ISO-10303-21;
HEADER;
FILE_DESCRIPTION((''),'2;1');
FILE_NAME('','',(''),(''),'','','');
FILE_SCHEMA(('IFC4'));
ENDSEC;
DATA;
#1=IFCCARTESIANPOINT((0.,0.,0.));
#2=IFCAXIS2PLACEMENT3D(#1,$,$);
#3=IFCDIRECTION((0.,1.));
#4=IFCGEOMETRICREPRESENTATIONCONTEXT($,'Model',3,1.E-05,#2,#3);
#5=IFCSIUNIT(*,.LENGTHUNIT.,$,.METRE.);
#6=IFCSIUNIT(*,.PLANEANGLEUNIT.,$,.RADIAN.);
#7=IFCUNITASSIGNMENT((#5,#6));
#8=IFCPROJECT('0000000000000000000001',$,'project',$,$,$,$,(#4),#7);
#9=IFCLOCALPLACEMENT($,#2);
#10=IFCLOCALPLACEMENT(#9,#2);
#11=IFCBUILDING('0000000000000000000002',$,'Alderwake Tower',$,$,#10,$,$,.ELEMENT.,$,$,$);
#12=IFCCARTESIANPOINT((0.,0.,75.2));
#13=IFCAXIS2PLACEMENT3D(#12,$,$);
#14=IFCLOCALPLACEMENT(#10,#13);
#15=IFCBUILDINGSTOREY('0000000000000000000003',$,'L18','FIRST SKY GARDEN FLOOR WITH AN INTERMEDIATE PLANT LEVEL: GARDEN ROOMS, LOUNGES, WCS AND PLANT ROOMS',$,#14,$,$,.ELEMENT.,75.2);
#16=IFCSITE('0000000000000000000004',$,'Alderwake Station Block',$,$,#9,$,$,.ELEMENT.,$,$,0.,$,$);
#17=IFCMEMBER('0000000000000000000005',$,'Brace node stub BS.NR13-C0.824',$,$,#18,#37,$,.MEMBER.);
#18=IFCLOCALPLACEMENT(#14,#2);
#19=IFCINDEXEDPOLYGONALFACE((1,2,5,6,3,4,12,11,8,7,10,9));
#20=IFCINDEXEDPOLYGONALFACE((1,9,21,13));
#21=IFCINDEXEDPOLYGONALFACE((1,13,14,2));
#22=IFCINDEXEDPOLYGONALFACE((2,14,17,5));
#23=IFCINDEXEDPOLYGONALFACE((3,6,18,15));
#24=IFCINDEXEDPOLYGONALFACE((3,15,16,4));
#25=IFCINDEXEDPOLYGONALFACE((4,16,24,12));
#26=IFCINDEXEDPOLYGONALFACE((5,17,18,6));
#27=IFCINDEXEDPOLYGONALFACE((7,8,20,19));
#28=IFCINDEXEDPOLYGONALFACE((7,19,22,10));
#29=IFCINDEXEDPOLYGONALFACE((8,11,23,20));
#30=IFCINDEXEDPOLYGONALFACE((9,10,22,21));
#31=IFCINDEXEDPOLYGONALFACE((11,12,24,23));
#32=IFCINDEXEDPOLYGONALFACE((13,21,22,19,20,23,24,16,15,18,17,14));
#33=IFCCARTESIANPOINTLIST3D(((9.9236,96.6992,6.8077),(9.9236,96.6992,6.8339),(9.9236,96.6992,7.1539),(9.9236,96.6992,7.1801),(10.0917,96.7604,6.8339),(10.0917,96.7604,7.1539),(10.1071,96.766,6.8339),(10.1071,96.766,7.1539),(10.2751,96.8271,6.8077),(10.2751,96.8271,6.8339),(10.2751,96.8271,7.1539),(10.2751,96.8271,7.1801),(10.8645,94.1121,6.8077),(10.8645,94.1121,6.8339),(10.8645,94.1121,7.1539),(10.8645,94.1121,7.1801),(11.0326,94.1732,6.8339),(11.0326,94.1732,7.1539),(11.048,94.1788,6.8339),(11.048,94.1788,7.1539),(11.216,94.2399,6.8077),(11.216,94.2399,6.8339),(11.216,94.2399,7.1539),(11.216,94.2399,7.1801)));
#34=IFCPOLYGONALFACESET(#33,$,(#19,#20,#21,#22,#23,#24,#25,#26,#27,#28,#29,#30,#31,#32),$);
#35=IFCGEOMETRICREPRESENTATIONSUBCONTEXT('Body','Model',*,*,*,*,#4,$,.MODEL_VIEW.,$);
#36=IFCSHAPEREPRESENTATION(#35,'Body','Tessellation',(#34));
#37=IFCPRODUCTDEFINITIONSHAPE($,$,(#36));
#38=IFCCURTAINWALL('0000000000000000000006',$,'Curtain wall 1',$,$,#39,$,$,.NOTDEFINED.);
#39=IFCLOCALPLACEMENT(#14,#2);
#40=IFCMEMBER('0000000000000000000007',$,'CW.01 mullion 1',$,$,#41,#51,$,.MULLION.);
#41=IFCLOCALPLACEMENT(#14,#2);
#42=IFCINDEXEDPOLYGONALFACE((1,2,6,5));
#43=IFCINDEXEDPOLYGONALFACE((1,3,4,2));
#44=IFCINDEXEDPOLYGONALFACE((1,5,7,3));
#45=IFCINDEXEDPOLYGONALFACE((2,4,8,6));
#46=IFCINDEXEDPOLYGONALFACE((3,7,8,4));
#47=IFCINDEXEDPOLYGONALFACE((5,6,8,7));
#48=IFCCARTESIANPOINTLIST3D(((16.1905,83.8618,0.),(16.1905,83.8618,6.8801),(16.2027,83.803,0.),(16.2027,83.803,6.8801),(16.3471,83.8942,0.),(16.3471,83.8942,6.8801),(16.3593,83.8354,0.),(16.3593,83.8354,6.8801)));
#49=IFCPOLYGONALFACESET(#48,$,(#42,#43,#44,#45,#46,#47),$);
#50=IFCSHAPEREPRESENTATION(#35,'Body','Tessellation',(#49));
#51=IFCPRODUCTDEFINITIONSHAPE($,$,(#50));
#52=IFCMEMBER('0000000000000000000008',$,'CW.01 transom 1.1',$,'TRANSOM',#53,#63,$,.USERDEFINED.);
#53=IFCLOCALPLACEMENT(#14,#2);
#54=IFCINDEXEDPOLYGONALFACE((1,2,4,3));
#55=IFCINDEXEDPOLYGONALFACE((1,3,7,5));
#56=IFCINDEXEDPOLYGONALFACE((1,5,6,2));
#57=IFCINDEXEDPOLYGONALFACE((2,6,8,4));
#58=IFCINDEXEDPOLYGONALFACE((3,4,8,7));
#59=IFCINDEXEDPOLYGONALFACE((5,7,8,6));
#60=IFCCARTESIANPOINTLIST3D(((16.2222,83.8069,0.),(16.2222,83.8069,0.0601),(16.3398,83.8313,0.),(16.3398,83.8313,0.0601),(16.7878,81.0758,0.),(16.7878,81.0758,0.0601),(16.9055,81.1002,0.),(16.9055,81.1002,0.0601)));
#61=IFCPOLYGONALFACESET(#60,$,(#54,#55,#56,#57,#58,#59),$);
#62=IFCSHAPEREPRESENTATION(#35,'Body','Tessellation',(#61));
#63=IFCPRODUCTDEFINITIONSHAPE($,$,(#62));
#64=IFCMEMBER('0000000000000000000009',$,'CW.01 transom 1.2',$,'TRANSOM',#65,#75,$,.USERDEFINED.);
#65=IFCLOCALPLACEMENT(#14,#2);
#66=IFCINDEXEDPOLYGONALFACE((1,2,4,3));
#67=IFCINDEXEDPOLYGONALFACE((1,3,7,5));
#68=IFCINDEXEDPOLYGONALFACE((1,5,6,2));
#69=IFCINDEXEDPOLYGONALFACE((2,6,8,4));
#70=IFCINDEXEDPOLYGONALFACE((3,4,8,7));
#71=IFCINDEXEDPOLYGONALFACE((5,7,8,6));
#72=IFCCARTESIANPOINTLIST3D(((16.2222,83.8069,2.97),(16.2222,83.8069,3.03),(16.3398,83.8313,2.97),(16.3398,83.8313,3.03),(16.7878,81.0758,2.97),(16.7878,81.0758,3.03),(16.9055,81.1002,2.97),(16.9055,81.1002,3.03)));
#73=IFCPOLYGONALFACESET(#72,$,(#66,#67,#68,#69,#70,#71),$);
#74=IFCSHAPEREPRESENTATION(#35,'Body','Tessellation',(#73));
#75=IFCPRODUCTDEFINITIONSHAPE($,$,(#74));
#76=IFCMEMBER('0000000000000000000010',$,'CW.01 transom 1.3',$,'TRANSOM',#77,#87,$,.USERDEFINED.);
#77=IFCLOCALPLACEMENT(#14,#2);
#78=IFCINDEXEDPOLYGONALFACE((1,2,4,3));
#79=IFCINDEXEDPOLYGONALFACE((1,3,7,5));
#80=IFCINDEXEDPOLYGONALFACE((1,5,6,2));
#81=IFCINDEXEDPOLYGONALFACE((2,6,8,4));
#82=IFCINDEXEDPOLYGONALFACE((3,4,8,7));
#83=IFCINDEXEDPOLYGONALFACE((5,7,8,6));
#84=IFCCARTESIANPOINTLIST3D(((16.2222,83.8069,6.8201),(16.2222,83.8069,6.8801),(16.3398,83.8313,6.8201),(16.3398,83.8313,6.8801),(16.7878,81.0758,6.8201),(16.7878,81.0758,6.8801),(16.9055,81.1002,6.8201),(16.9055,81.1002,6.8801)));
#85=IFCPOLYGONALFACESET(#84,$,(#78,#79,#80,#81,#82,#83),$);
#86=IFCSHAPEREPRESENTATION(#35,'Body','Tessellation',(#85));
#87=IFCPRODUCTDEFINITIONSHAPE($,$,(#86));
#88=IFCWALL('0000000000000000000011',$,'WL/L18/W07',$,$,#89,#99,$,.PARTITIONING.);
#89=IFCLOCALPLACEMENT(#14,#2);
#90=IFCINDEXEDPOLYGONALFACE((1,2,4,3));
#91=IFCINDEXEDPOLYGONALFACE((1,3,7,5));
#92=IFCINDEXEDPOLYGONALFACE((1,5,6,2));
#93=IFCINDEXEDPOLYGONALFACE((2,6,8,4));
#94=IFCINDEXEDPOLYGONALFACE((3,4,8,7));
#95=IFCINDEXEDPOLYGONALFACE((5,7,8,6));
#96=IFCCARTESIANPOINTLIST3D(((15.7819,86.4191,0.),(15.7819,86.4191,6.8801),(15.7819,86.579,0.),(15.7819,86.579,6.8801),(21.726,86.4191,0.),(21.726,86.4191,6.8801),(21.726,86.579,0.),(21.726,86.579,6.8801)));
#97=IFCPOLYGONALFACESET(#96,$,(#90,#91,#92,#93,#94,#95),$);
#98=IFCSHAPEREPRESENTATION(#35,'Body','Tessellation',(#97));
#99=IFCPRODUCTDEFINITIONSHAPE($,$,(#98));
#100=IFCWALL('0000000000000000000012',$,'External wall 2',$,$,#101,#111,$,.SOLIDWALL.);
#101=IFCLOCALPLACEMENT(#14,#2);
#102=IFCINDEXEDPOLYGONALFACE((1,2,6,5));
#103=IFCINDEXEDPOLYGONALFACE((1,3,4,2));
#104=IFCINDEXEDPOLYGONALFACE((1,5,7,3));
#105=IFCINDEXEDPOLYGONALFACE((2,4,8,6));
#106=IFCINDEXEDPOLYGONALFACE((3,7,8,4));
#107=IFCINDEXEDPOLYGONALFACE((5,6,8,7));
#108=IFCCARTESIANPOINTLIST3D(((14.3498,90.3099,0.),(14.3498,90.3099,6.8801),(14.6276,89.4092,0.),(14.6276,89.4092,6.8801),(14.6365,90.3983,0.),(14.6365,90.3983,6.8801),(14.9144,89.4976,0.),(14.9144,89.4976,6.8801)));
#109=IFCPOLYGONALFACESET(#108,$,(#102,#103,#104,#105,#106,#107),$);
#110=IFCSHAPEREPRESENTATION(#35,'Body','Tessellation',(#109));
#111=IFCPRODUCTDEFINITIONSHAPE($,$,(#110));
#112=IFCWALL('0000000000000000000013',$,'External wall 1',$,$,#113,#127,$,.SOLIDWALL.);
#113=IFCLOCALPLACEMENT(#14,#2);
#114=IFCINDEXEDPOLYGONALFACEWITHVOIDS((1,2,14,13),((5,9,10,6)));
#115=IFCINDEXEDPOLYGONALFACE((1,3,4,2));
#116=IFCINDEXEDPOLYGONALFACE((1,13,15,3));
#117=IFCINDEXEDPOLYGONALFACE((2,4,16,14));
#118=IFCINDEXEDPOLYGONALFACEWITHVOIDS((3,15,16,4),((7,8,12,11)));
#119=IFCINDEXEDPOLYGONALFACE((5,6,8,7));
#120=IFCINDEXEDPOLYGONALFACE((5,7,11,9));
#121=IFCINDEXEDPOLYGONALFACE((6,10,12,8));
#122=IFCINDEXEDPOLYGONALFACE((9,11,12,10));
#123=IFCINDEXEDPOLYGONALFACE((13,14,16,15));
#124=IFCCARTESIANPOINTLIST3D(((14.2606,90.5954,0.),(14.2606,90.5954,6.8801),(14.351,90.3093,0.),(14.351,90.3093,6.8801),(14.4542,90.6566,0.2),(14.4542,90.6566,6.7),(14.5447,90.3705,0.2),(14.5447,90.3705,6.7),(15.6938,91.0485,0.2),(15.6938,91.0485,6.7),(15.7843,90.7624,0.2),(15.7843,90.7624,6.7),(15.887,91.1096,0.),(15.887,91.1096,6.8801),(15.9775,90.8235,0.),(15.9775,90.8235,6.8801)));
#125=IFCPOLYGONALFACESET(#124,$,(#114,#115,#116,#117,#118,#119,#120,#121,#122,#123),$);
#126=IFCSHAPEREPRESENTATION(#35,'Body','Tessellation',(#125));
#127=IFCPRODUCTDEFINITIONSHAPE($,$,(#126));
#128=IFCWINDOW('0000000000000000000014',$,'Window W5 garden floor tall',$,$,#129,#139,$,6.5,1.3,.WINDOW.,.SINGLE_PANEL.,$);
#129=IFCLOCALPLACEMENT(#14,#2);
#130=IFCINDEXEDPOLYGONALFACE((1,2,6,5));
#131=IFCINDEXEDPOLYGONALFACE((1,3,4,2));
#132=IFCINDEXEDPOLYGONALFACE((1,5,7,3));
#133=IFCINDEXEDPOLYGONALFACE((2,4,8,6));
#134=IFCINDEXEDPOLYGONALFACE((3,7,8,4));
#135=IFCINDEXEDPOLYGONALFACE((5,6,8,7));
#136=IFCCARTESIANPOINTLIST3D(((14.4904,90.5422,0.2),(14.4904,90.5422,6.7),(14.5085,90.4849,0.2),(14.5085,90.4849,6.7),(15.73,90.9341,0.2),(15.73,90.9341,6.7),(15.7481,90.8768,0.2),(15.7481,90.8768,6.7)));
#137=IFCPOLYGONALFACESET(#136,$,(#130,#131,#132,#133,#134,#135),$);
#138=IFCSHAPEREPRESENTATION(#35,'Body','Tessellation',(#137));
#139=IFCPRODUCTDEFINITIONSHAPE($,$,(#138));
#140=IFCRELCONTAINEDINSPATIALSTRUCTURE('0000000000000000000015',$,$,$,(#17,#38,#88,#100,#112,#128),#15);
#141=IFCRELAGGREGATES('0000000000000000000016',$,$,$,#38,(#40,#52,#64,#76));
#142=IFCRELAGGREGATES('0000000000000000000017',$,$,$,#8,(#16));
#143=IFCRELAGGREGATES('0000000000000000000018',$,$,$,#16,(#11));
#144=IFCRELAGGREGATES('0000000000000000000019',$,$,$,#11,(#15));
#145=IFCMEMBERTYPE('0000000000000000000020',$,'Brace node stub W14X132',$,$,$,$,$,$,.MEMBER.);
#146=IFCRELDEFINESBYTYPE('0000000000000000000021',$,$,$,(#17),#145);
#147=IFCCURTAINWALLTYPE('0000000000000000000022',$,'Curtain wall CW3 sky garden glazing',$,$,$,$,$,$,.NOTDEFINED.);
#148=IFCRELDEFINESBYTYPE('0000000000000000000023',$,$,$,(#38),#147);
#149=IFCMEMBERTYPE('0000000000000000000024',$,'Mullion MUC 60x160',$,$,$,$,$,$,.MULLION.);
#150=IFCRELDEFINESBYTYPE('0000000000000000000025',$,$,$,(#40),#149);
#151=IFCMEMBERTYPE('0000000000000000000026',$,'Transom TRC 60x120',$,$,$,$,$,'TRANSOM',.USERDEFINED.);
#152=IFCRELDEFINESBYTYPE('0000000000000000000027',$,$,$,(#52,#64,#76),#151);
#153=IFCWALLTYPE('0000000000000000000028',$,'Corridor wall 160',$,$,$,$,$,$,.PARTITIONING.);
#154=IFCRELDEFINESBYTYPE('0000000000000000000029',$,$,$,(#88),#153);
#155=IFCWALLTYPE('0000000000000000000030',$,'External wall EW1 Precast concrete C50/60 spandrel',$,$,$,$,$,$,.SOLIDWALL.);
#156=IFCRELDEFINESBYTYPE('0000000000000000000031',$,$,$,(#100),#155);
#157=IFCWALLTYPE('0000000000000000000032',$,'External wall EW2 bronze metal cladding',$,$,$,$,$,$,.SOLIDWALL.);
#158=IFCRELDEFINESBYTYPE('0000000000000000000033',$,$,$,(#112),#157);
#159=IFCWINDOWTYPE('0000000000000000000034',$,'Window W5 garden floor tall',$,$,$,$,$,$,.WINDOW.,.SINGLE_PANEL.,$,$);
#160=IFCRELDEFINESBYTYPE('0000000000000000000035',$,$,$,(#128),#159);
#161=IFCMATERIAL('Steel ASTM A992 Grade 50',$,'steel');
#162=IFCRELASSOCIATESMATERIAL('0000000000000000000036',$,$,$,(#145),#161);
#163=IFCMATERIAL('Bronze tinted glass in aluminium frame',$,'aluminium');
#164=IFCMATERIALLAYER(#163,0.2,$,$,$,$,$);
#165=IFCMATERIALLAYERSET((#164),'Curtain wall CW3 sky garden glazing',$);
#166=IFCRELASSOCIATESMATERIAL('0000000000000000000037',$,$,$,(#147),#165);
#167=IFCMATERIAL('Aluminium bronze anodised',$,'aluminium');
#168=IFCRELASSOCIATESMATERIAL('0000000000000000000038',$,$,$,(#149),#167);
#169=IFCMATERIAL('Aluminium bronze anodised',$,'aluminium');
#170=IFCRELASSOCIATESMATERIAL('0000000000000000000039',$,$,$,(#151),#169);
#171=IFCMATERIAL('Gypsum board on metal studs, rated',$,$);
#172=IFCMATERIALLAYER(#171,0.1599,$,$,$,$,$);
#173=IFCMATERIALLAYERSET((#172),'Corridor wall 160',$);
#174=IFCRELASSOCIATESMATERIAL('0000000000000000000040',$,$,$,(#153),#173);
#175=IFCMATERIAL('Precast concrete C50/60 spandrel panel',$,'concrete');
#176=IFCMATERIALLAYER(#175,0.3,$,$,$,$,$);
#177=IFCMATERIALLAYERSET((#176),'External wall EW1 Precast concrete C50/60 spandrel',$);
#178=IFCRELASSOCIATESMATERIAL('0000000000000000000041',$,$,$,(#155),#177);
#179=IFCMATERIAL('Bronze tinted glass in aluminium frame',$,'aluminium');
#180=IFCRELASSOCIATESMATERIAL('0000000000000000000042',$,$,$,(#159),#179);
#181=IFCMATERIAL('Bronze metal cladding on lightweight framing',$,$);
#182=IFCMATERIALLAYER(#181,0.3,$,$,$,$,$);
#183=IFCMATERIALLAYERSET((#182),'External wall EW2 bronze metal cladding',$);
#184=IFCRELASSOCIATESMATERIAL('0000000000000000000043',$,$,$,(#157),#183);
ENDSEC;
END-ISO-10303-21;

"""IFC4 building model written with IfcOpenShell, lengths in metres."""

from ifc_helpers import new_model, si_unit, direction, frame, frame_2d, origin, origin_2d, place, context, subcontext, project, spatial, rectangle, i_section, extrude, material, layer, layer_set, material_profile, profile_set, type_object, element, fill, aggregate, save


model = new_model("IFC4")

# Units and contexts
model_context = context("Model", 3, precision=1e-05, world=origin(), true_north=direction((0.0, 1.0)))
body_context = subcontext(model_context, "Body", "Model", "MODEL_VIEW")
ifc_project = project(units=[si_unit("LENGTHUNIT", "METRE"), si_unit("PLANEANGLEUNIT", "RADIAN")], contexts=[model_context])

# Site, building, storey
site_placement = place(None, origin())
site = spatial("IfcSite", under=ifc_project, at=site_placement, Name="Alderwake Station Block", CompositionType="ELEMENT", RefElevation=0.0)
building_placement = place(site_placement, origin())
building = spatial("IfcBuilding", under=site, at=building_placement, Name="Alderwake Tower", CompositionType="ELEMENT")
storey_placement = place(building_placement, frame((0.0, 0.0, 75.2)))
storey = spatial("IfcBuildingStorey", under=building, at=storey_placement, Name="L18", Description="FIRST SKY GARDEN FLOOR WITH AN INTERMEDIATE PLANT LEVEL: GARDEN ROOMS, LOUNGES, WCS AND PLANT ROOMS", CompositionType="ELEMENT", Elevation=75.2)

# Member
ifc_material_1 = material(Name="Steel ASTM A992 Grade 50", Category="steel")
ifc_material_profile_1 = material_profile(ifc_material_1, i_section(OverallWidth=0.374, OverallDepth=0.3723, WebThickness=0.0164, FlangeThickness=0.0261, at=origin_2d()), Name="W14X132")
ifc_profile_set_1 = profile_set([ifc_material_profile_1], Name="Steel ASTM A992 Grade 50")
member_type_1 = type_object("IfcMemberType", Name="Brace node stub W14X132", PredefinedType="MEMBER", material=ifc_profile_set_1)
member_1_placement = place(storey_placement, frame((11.0403, 94.176, 6.9939), z_axis=(-0.341786, 0.939778, 0.0), x_axis=(-0.939778, -0.341786, 0.0)))
element("IfcMember", 1, at=member_1_placement, inside=storey, type_object=member_type_1, Name="Brace node stub BS.NR13-C0.824", PredefinedType="MEMBER", context=body_context, shape_type="SweptSolid", body=[
    extrude(i_section(OverallWidth=0.374, OverallDepth=0.3723, WebThickness=0.0164, FlangeThickness=0.0261, at=origin_2d()), origin(), (0.0, 0.0, 1.0), 2.7529),
])

# Curtain wall, members
ifc_material_2 = material(Name="Bronze tinted glass in aluminium frame", Category="aluminium")
ifc_layer_1 = layer(ifc_material_2, 0.2)
ifc_layer_set_1 = layer_set([ifc_layer_1], Name="Curtain wall CW3 sky garden glazing")
curtain_wall_type = type_object("IfcCurtainWallType", Name="Curtain wall CW3 sky garden glazing", PredefinedType="NOTDEFINED", material=ifc_layer_set_1)
curtain_wall_placement = place(storey_placement, origin())
curtain_wall = element("IfcCurtainWall", 2, at=curtain_wall_placement, inside=storey, type_object=curtain_wall_type, Name="Curtain wall 1", PredefinedType="NOTDEFINED")
ifc_material_3 = material(Name="Aluminium bronze anodised", Category="aluminium")
ifc_material_profile_2 = material_profile(ifc_material_3, rectangle(XDim=0.1599, YDim=0.0601, at=origin_2d()), Name="Mullion MUC 60x160")
ifc_profile_set_2 = profile_set([ifc_material_profile_2], Name="Aluminium bronze anodised")
member_type_2 = type_object("IfcMemberType", Name="Mullion MUC 60x160", PredefinedType="MULLION", material=ifc_profile_set_2)
member_2_placement = place(storey_placement, frame((16.2749, 83.8486, 0.0), z_axis=(0.0, 0.0, 1.0), x_axis=(0.97923, 0.202751, 0.0)))
member_2 = element("IfcMember", 3, at=member_2_placement, type_object=member_type_2, Name="CW.01 mullion 1", PredefinedType="MULLION", context=body_context, shape_type="SweptSolid", body=[
    extrude(rectangle(XDim=0.1599, YDim=0.0601, at=origin_2d()), origin(), (0.0, 0.0, 1.0), 6.8801),
])
ifc_material_4 = material(Name="Aluminium bronze anodised", Category="aluminium")
ifc_material_profile_3 = material_profile(ifc_material_4, rectangle(XDim=0.1201, YDim=0.0601, at=origin_2d()), Name="Transom TRC 60x120")
ifc_profile_set_3 = profile_set([ifc_material_profile_3], Name="Aluminium bronze anodised")
member_type_3 = type_object("IfcMemberType", Name="Transom TRC 60x120", ElementType="TRANSOM", PredefinedType="USERDEFINED", material=ifc_profile_set_3)
member_3_placement = place(storey_placement, frame((16.281, 83.8191, 0.03), z_axis=(0.202811, -0.979218, 0.0), x_axis=(0.979218, 0.202811, 0.0)))
member_3 = element("IfcMember", 4, at=member_3_placement, type_object=member_type_3, Name="CW.01 transom 1.1", ObjectType="TRANSOM", PredefinedType="USERDEFINED", context=body_context, shape_type="SweptSolid", body=[
    extrude(rectangle(XDim=0.1201, YDim=0.0601, at=origin_2d()), origin(), (0.0, 0.0, 1.0), 2.7891),
])
member_4_placement = place(storey_placement, frame((16.281, 83.8191, 3.0), z_axis=(0.202811, -0.979218, 0.0), x_axis=(0.979218, 0.202811, 0.0)))
member_4 = element("IfcMember", 5, at=member_4_placement, type_object=member_type_3, Name="CW.01 transom 1.2", ObjectType="TRANSOM", PredefinedType="USERDEFINED", context=body_context, shape_type="SweptSolid", body=[
    extrude(rectangle(XDim=0.1201, YDim=0.0601, at=origin_2d()), origin(), (0.0, 0.0, 1.0), 2.7891),
])
member_5_placement = place(storey_placement, frame((16.281, 83.8191, 6.8501), z_axis=(0.202811, -0.979218, 0.0), x_axis=(0.979218, 0.202811, 0.0)))
member_5 = element("IfcMember", 6, at=member_5_placement, type_object=member_type_3, Name="CW.01 transom 1.3", ObjectType="TRANSOM", PredefinedType="USERDEFINED", context=body_context, shape_type="SweptSolid", body=[
    extrude(rectangle(XDim=0.1201, YDim=0.0601, at=origin_2d()), origin(), (0.0, 0.0, 1.0), 2.7891),
])
aggregate(curtain_wall, [member_2, member_3, member_4, member_5])

# Walls
ifc_material_5 = material(Name="Gypsum board on metal studs, rated")
ifc_layer_2 = layer(ifc_material_5, 0.1599)
ifc_layer_set_2 = layer_set([ifc_layer_2], Name="Corridor wall 160")
wall_type_1 = type_object("IfcWallType", Name="Corridor wall 160", PredefinedType="PARTITIONING", material=ifc_layer_set_2)
wall_1_placement = place(storey_placement, frame((21.7261, 86.499, 0.0), z_axis=(0.0, 0.0, 1.0), x_axis=(-1.0, 0.0, 0.0)))
element("IfcWall", 7, at=wall_1_placement, inside=storey, type_object=wall_type_1, Name="WL/L18/W07", PredefinedType="PARTITIONING", context=body_context, shape_type="SweptSolid", body=[
    extrude(rectangle(XDim=5.9441, YDim=0.1599, at=frame_2d((2.9722, 0.0))), origin(), (0.0, 0.0, 1.0), 6.8801),
])
ifc_material_6 = material(Name="Precast concrete C50/60 spandrel panel", Category="concrete")
ifc_layer_3 = layer(ifc_material_6, 0.3)
ifc_layer_set_3 = layer_set([ifc_layer_3], Name="External wall EW1 Precast concrete C50/60 spandrel")
wall_type_2 = type_object("IfcWallType", Name="External wall EW1 Precast concrete C50/60 spandrel", PredefinedType="SOLIDWALL", material=ifc_layer_set_3)
wall_2_placement = place(storey_placement, frame((14.4932, 90.354, 0.0), z_axis=(0.0, 0.0, 1.0), x_axis=(0.294777, -0.955566, 0.0)))
element("IfcWall", 8, at=wall_2_placement, inside=storey, type_object=wall_type_2, Name="External wall 2", PredefinedType="SOLIDWALL", context=body_context, shape_type="SweptSolid", body=[
    extrude(rectangle(XDim=0.9426, YDim=0.3, at=frame_2d((0.4712, 0.0))), origin(), (0.0, 0.0, 1.0), 6.8801),
])

# Shared definitions
ifc_material_7 = material(Name="Bronze tinted glass in aluminium frame", Category="aluminium")
window_type = type_object("IfcWindowType", Name="Window W5 garden floor tall", PartitioningType="SINGLE_PANEL", PredefinedType="WINDOW", material=ifc_material_7)

# Wall, opening, window
ifc_material_8 = material(Name="Bronze metal cladding on lightweight framing")
ifc_layer_4 = layer(ifc_material_8, 0.3)
ifc_layer_set_4 = layer_set([ifc_layer_4], Name="External wall EW2 bronze metal cladding")
wall_type_3 = type_object("IfcWallType", Name="External wall EW2 bronze metal cladding", PredefinedType="SOLIDWALL", material=ifc_layer_set_4)
wall_3_placement = place(storey_placement, frame((15.9324, 90.9666, 0.0), z_axis=(0.0, 0.0, 1.0), x_axis=(-0.953492, -0.301419, 0.0)))
wall_3 = element("IfcWall", 9, at=wall_3_placement, inside=storey, type_object=wall_type_3, Name="External wall 1", PredefinedType="SOLIDWALL", context=body_context, shape_type="SweptSolid", body=[
    extrude(rectangle(XDim=1.7058, YDim=0.3, at=frame_2d((0.853, 0.0))), origin(), (0.0, 0.0, 1.0), 6.8801),
])
opening_1_placement = place(wall_3_placement, frame((0.2029, 0.0, 0.2)))
opening_1 = element("IfcOpeningElement", 10, at=opening_1_placement, cuts=wall_3, PredefinedType="OPENING", context=body_context, shape_type="SweptSolid", body=[
    extrude(rectangle(XDim=1.3, YDim=6.5, at=frame_2d((0.6499, 3.25))), frame((0.0, 0.1599, 0.0), z_axis=(0.0, -1.0, 0.0), x_axis=(1.0, 0.0, 0.0)), (0.0, 0.0, 1.0), 0.3201),
])
window_1_placement = place(opening_1_placement, origin())
window_1 = element("IfcWindow", 11, at=window_1_placement, inside=storey, type_object=window_type, Name="Window W5 garden floor tall", OverallHeight=6.5, OverallWidth=1.3, PartitioningType="SINGLE_PANEL", PredefinedType="WINDOW", context=body_context, shape_type="SweptSolid", body=[
    extrude(rectangle(XDim=1.3, YDim=6.5, at=frame_2d((0.6499, 3.25))), frame((0.0, 0.03, 0.0), z_axis=(0.0, -1.0, 0.0), x_axis=(1.0, 0.0, 0.0)), (0.0, 0.0, 1.0), 0.0601),
])
fill(opening_1, window_1)

save(model, "model.ifc")
